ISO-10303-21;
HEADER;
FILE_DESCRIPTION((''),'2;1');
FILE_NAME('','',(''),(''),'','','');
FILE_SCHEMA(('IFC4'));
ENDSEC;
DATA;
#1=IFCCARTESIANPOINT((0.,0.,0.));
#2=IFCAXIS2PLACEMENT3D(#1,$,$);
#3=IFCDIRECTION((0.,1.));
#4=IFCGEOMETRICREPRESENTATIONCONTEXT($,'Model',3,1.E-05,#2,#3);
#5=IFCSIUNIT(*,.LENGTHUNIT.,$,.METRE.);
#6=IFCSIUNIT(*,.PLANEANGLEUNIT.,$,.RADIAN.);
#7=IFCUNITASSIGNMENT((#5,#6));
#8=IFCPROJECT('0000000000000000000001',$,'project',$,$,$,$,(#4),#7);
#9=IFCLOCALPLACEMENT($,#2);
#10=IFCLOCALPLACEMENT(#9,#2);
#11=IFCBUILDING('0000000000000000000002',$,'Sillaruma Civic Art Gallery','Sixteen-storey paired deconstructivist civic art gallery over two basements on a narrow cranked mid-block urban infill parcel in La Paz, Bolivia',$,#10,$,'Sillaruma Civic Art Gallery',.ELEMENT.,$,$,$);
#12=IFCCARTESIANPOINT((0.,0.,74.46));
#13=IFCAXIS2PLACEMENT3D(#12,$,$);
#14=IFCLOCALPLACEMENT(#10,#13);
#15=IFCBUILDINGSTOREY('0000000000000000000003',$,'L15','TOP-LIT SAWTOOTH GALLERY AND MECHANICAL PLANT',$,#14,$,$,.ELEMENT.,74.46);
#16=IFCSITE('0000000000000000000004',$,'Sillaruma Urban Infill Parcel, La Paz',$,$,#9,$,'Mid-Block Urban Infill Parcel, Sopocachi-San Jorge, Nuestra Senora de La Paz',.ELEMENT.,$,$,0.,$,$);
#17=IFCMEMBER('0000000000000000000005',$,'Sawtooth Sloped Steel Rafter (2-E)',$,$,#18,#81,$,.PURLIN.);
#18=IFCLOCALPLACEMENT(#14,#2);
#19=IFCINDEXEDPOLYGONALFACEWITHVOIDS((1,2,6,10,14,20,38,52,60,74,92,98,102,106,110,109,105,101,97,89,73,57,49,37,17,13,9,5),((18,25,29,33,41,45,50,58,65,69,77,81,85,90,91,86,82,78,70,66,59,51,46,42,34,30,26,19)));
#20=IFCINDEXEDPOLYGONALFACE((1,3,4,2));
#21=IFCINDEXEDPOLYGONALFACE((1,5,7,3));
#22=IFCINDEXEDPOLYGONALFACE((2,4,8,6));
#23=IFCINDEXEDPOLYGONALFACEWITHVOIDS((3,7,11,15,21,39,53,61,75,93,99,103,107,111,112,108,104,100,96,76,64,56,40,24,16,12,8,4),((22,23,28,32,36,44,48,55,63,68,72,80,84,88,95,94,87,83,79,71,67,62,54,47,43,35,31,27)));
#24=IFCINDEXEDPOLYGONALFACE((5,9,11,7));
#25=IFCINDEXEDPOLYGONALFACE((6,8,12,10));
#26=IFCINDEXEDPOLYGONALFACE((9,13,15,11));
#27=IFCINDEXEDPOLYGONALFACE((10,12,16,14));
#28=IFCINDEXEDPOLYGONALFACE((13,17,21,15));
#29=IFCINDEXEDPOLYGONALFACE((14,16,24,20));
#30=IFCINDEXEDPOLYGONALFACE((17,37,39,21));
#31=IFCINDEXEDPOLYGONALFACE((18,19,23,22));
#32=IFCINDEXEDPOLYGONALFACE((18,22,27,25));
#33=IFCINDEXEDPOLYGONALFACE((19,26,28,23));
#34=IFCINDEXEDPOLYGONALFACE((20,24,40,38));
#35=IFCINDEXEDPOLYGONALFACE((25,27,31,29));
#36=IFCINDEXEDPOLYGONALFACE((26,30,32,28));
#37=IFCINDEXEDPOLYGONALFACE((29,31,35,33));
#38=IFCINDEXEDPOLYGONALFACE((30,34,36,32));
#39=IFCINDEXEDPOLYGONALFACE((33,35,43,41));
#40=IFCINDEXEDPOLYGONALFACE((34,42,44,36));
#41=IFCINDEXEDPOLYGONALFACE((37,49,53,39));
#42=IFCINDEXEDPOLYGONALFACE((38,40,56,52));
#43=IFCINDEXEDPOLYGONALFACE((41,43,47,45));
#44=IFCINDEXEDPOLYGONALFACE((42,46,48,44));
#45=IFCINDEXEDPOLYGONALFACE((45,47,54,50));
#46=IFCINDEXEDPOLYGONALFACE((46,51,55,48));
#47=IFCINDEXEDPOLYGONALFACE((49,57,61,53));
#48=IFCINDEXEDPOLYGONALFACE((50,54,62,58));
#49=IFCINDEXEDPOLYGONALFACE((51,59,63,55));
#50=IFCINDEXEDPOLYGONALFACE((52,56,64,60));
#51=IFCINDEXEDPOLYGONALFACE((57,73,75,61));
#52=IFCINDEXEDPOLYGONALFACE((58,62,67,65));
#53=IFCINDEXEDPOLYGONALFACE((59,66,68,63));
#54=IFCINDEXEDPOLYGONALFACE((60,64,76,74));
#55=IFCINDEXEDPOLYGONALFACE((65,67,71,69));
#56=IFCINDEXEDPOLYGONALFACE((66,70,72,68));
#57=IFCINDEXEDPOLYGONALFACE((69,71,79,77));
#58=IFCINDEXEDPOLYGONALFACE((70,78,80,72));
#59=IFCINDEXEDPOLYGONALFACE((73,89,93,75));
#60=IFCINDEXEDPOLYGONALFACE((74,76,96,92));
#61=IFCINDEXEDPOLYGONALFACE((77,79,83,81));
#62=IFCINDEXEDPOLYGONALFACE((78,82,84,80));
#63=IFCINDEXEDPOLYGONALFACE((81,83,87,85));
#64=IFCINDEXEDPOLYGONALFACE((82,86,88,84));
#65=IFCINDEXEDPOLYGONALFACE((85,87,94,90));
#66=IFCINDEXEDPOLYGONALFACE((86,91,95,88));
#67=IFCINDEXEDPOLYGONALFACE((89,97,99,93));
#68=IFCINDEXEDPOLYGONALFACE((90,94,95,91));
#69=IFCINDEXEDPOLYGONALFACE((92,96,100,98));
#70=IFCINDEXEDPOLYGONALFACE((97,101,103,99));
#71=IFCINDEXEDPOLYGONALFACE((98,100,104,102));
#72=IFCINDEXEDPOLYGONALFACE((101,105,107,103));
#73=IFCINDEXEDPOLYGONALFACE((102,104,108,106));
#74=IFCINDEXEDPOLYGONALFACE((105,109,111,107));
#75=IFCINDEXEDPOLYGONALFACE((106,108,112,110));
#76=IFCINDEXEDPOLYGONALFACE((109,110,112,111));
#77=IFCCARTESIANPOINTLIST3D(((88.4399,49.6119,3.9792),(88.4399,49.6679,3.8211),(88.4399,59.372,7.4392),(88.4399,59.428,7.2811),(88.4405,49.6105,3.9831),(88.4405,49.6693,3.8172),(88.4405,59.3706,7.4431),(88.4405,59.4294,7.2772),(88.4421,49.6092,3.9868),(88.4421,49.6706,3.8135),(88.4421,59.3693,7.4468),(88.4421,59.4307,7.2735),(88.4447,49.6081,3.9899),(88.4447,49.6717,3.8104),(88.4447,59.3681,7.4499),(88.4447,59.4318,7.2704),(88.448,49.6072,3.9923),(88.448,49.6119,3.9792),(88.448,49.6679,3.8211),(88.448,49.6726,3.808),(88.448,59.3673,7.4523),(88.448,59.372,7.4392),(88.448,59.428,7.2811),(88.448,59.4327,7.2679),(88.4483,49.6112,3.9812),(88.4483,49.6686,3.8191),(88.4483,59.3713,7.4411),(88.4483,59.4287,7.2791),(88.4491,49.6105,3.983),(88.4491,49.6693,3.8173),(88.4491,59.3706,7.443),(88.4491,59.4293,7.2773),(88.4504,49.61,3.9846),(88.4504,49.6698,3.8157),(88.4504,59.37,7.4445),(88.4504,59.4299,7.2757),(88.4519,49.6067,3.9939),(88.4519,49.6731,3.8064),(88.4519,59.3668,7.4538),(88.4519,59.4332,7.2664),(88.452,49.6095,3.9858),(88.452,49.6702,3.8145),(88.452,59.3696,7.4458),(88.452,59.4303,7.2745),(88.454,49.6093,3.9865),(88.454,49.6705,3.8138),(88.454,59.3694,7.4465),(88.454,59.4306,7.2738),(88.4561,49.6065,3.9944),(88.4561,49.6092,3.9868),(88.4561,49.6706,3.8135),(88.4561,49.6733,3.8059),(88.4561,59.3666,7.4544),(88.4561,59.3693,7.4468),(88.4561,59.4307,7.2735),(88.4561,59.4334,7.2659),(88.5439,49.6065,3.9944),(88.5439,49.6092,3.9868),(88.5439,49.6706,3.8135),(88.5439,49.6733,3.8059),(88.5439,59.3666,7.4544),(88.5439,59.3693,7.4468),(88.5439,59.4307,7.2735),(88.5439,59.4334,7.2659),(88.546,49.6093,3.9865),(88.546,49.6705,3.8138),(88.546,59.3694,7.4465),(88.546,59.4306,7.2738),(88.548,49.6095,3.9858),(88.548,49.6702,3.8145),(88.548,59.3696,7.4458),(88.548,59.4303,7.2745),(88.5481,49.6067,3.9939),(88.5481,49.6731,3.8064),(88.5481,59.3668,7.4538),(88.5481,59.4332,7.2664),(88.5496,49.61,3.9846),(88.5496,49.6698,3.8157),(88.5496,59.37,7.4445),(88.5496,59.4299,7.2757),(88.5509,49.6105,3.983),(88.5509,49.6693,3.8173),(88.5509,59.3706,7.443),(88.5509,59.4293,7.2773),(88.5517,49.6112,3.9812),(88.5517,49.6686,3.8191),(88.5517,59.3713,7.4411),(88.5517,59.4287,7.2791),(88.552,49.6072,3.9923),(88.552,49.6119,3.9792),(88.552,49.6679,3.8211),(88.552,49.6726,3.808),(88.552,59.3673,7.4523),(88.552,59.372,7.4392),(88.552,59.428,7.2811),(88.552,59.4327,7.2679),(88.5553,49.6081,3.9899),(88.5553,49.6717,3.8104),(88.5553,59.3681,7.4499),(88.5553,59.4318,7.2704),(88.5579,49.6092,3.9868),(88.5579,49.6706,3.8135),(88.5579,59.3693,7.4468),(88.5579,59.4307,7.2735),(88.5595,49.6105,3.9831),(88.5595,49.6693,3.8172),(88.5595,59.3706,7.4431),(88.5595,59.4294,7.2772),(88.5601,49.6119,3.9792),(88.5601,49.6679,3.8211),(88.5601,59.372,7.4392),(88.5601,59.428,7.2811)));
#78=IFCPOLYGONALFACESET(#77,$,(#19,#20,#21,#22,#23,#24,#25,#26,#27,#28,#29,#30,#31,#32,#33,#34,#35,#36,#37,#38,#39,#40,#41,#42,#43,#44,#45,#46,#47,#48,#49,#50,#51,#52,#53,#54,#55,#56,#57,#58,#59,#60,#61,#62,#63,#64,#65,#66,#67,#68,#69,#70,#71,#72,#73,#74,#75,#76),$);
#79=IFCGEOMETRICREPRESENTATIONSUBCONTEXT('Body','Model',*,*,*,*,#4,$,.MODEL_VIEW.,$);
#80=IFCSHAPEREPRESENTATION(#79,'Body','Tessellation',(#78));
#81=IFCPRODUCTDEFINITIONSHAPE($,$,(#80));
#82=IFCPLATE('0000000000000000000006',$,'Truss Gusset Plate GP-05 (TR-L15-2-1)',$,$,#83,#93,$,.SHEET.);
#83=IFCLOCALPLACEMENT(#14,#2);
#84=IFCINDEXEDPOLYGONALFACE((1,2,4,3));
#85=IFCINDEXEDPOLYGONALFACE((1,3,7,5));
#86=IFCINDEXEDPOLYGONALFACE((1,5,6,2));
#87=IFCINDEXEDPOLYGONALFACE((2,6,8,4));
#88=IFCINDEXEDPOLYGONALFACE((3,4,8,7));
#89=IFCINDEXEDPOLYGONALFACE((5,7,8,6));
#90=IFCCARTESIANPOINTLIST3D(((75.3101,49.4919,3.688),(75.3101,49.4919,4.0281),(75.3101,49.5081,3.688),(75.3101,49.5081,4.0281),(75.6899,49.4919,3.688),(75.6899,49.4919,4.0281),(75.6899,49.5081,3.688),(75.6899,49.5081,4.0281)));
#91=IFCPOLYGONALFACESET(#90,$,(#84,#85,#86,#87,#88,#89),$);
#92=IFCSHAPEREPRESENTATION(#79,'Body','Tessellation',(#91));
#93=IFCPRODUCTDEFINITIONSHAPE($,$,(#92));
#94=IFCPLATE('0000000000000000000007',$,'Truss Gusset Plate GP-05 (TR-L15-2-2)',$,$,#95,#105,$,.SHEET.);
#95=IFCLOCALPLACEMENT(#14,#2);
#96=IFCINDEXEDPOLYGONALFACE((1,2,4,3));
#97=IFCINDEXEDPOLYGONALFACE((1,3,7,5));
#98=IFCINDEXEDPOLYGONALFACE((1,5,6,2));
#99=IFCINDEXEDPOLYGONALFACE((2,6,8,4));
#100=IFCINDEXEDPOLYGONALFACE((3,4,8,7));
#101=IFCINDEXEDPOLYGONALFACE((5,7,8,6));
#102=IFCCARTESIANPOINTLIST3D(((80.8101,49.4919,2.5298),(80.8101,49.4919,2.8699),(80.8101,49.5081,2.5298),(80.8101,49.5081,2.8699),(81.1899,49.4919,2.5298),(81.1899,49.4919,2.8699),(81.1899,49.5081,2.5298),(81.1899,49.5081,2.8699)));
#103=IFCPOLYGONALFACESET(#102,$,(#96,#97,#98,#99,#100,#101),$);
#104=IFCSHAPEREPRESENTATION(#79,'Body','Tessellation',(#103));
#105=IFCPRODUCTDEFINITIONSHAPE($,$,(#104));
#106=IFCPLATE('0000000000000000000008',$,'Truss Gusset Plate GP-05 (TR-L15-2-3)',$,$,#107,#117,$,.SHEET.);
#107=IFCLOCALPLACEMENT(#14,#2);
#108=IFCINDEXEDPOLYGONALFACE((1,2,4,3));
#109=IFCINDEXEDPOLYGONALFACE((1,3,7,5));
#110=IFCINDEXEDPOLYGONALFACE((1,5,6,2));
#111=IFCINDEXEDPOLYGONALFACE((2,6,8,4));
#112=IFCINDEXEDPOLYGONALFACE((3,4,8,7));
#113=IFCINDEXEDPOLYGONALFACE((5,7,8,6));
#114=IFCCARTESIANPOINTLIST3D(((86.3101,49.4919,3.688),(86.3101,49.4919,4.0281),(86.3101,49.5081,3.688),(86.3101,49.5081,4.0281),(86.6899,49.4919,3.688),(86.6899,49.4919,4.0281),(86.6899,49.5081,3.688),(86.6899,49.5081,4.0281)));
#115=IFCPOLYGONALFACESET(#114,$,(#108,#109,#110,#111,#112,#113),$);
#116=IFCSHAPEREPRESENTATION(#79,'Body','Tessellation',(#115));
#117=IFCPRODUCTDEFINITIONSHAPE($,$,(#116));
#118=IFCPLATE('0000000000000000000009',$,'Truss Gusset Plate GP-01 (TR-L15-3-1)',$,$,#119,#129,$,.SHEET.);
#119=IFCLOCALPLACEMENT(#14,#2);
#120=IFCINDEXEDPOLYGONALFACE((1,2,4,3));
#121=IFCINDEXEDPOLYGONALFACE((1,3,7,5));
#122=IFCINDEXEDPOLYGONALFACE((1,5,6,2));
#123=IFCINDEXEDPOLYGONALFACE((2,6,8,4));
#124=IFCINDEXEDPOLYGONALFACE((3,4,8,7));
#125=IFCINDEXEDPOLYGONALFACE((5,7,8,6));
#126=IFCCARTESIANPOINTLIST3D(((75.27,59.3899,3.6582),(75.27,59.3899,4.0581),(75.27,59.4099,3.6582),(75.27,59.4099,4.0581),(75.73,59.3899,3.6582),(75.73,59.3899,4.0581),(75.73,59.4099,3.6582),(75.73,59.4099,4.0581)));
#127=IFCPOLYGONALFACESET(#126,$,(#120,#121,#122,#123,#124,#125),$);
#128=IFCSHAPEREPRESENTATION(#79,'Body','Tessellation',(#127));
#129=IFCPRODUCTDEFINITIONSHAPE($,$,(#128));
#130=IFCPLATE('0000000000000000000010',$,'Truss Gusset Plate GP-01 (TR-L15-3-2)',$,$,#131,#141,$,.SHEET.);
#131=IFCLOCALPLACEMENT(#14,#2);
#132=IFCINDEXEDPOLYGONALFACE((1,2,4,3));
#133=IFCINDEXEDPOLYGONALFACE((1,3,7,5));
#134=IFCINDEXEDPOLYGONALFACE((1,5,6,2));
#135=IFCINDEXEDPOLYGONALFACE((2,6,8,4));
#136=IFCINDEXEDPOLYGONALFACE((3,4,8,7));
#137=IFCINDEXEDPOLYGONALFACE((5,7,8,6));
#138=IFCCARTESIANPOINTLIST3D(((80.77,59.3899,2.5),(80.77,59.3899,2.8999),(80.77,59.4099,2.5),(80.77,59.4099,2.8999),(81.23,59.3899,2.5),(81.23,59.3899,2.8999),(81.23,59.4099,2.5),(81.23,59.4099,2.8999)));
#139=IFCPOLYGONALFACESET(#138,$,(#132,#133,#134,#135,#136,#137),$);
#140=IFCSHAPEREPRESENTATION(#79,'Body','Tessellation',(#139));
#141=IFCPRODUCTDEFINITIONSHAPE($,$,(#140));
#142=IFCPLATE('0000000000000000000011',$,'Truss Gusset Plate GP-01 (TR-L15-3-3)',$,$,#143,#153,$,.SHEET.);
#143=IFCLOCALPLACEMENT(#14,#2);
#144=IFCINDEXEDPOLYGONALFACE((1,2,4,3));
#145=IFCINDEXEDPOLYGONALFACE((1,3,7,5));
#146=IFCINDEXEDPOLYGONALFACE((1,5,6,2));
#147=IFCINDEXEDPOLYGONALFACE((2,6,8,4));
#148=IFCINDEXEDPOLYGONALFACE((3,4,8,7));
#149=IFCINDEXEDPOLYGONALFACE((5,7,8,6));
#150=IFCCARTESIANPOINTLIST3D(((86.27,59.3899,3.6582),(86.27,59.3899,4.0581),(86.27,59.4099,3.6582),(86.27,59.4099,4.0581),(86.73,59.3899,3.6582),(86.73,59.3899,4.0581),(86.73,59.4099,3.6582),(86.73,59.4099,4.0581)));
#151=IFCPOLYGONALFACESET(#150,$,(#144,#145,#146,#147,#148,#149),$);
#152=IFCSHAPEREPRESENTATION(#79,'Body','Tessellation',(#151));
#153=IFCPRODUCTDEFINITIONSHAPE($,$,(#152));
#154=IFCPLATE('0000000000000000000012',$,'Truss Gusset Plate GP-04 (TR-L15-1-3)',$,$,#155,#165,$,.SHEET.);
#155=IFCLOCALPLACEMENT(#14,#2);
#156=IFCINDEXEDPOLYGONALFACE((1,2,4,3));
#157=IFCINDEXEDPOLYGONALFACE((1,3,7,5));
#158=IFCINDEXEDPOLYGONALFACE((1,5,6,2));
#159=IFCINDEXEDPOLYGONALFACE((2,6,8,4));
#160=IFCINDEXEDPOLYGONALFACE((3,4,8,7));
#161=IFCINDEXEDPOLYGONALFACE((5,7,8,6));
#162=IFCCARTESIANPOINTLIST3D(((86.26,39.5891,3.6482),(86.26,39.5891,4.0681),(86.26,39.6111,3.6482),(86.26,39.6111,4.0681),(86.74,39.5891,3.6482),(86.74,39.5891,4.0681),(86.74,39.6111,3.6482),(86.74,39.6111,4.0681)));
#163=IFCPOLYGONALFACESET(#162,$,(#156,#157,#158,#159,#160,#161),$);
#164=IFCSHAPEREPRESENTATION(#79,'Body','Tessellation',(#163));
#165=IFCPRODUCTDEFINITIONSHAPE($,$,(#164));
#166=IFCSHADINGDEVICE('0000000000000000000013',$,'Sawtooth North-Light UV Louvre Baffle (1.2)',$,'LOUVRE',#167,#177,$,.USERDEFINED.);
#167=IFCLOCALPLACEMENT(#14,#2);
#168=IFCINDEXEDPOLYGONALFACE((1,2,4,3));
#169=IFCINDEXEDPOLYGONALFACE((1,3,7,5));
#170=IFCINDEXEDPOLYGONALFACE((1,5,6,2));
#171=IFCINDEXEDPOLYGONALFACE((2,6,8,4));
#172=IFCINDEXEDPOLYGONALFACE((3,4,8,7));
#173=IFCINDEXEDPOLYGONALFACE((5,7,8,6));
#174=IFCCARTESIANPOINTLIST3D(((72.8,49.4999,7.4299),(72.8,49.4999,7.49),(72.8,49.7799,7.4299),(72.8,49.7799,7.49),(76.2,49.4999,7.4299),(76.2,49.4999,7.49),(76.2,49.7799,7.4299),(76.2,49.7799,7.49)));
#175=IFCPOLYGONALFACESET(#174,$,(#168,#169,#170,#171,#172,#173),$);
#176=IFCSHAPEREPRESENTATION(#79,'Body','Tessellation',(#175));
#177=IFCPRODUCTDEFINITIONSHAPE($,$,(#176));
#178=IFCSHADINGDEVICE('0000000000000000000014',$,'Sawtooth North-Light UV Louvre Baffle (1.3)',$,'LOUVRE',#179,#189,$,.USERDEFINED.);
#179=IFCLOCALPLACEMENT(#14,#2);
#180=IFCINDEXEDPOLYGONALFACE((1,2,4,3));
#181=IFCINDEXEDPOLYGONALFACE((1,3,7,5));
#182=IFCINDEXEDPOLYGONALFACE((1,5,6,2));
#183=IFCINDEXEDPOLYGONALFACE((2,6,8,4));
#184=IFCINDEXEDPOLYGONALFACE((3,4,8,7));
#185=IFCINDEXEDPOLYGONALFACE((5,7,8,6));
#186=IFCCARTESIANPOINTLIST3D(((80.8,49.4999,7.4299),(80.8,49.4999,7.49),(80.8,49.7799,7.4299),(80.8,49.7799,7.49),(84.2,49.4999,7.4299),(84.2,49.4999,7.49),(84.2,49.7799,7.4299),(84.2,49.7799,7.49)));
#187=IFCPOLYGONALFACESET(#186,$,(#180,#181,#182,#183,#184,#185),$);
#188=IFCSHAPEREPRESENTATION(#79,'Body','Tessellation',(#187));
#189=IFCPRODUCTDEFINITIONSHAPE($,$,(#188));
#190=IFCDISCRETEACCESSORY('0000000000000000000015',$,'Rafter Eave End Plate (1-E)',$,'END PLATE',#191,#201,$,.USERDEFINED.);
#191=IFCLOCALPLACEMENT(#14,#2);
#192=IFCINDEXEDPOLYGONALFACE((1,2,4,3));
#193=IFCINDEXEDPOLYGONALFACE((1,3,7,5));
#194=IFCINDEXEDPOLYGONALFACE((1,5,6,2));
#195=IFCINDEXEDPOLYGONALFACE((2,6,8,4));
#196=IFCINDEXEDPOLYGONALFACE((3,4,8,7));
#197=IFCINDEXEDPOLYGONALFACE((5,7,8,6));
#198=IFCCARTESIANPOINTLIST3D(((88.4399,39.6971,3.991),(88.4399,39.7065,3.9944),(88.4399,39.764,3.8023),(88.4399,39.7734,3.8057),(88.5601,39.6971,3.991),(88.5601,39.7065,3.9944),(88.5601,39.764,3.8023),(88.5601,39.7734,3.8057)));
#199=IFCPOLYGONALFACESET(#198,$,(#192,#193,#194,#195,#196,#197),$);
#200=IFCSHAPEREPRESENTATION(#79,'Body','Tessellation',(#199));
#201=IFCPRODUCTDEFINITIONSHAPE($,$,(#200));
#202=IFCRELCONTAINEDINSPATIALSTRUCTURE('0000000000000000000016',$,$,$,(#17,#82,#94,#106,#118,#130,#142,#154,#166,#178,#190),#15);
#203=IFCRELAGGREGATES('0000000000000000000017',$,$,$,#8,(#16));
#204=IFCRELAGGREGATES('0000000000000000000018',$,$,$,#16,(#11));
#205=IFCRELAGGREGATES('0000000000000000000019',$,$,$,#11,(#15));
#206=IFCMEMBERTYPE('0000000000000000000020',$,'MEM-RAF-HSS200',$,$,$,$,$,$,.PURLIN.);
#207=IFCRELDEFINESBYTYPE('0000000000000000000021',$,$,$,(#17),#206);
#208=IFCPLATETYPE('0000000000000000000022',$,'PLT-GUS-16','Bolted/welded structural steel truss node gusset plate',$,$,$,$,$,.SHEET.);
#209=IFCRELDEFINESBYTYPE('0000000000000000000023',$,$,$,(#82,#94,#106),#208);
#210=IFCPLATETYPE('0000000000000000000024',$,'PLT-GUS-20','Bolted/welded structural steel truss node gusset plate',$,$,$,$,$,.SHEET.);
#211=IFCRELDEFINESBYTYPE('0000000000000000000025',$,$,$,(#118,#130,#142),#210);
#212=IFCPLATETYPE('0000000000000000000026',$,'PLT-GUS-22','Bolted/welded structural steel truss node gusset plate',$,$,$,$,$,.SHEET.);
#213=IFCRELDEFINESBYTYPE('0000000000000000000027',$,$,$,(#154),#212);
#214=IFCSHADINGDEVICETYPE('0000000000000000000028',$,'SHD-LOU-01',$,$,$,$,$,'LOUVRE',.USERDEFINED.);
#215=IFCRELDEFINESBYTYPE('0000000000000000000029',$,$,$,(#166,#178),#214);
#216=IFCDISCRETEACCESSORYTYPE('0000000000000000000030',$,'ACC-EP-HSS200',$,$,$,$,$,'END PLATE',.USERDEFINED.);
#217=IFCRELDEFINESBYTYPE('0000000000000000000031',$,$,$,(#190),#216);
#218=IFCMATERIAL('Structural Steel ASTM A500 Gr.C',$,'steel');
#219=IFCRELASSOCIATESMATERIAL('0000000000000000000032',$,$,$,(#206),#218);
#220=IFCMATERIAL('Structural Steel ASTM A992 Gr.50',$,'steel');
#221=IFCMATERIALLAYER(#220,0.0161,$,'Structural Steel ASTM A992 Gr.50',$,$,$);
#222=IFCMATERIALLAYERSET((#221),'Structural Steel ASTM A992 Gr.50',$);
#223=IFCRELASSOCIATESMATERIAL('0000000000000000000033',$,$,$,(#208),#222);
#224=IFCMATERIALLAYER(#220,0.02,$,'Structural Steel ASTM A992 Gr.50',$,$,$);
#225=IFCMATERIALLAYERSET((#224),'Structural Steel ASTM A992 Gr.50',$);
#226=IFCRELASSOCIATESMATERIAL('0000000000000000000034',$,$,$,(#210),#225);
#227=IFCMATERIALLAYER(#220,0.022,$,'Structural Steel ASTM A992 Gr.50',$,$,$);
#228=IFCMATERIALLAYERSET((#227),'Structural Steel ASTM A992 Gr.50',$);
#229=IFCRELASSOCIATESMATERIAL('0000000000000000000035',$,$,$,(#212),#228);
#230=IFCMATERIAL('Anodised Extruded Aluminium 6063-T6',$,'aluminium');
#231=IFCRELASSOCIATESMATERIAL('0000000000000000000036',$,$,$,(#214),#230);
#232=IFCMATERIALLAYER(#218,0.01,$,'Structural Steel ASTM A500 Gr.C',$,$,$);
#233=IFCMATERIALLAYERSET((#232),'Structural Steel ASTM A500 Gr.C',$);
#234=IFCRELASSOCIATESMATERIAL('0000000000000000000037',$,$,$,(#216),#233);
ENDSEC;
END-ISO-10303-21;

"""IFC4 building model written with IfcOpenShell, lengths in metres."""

from ifc_helpers import new_model, si_unit, direction, frame, origin, origin_2d, place, context, subcontext, project, spatial, polyline, rectangle, hollow_rectangle, outline, extrude, material, layer, layer_set, material_profile, profile_set, type_object, element, save


model = new_model("IFC4")

# Units and contexts
model_context = context("Model", 3, precision=1e-05, world=origin(), true_north=direction((0.0, 1.0)))
body_context = subcontext(model_context, "Body", "Model", "MODEL_VIEW")
ifc_project = project(units=[si_unit("LENGTHUNIT", "METRE"), si_unit("PLANEANGLEUNIT", "RADIAN")], contexts=[model_context])

# Site, building, storey
site_placement = place(None, origin())
site = spatial("IfcSite", under=ifc_project, at=site_placement, Name="Sillaruma Urban Infill Parcel, La Paz", LongName="Mid-Block Urban Infill Parcel, Sopocachi-San Jorge, Nuestra Senora de La Paz", CompositionType="ELEMENT", RefElevation=0.0)
building_placement = place(site_placement, origin())
building = spatial("IfcBuilding", under=site, at=building_placement, Name="Sillaruma Civic Art Gallery", Description="Sixteen-storey paired deconstructivist civic art gallery over two basements on a narrow cranked mid-block urban infill parcel in La Paz, Bolivia", LongName="Sillaruma Civic Art Gallery", CompositionType="ELEMENT")
storey_placement = place(building_placement, frame((0.0, 0.0, 74.46)))
storey = spatial("IfcBuildingStorey", under=building, at=storey_placement, Name="L15", Description="TOP-LIT SAWTOOTH GALLERY AND MECHANICAL PLANT", CompositionType="ELEMENT", Elevation=74.46)

# Shared definitions
ifc_material_1 = material(Name="Structural Steel ASTM A992 Gr.50", Category="steel")

# Member
ifc_material_2 = material(Name="Structural Steel ASTM A500 Gr.C", Category="steel")
ifc_material_profile_1 = material_profile(ifc_material_2, hollow_rectangle(XDim=0.1201, YDim=0.2, WallThickness=0.0081, InnerFilletRadius=0.0081, OuterFilletRadius=0.0161, at=origin_2d()), Name="HSS200x120x8")
ifc_profile_set_1 = profile_set([ifc_material_profile_1], Name="Structural Steel ASTM A500 Gr.C")
member_type_1 = type_object("IfcMemberType", Name="MEM-RAF-HSS200", PredefinedType="PURLIN", material=ifc_profile_set_1)
for number, where, z_axis, x_axis, name in (
    (1, (88.5, 49.6399, 3.9001), (0.0, 0.942527, 0.33413), (-1.0, 0.0, 0.0), "Sawtooth Sloped Steel Rafter (2-E)"),
):
    element("IfcMember", number, at=place(storey_placement, frame(where, z_axis=z_axis, x_axis=x_axis)), inside=storey, type_object=member_type_1, Name=name, PredefinedType="PURLIN", context=body_context, shape_type="SweptSolid", body=[
        extrude(hollow_rectangle(XDim=0.1201, YDim=0.2, WallThickness=0.0081, InnerFilletRadius=0.0081, OuterFilletRadius=0.0161, at=origin_2d()), origin(), (0.0, 0.0, 1.0), 10.3552),
    ])

# Plates
ifc_layer_1 = layer(ifc_material_1, 0.0161, Name="Structural Steel ASTM A992 Gr.50")
ifc_layer_set_1 = layer_set([ifc_layer_1], Name="Structural Steel ASTM A992 Gr.50")
plate_type_1 = type_object("IfcPlateType", Name="PLT-GUS-16", Description="Bolted/welded structural steel truss node gusset plate", PredefinedType="SHEET", material=ifc_layer_set_1)
for number, where, z_axis, x_axis, name in (
    (2, (75.5, 49.5, 3.688), (0.0, 0.0, 1.0), (1.0, 0.0, 0.0), "Truss Gusset Plate GP-05 (TR-L15-2-1)"),
    (3, (81.0, 49.5, 2.5298), (0.0, 0.0, 1.0), (1.0, 0.0, 0.0), "Truss Gusset Plate GP-05 (TR-L15-2-2)"),
    (4, (86.5, 49.5, 3.688), (0.0, 0.0, 1.0), (1.0, 0.0, 0.0), "Truss Gusset Plate GP-05 (TR-L15-2-3)"),
):
    element("IfcPlate", number, at=place(storey_placement, frame(where, z_axis=z_axis, x_axis=x_axis)), inside=storey, type_object=plate_type_1, Name=name, PredefinedType="SHEET", context=body_context, shape_type="SweptSolid", body=[
        extrude(rectangle(XDim=0.3799, YDim=0.0161, at=origin_2d()), origin(), (0.0, 0.0, 1.0), 0.3401),
    ])
ifc_layer_2 = layer(ifc_material_1, 0.02, Name="Structural Steel ASTM A992 Gr.50")
ifc_layer_set_2 = layer_set([ifc_layer_2], Name="Structural Steel ASTM A992 Gr.50")
plate_type_2 = type_object("IfcPlateType", Name="PLT-GUS-20", Description="Bolted/welded structural steel truss node gusset plate", PredefinedType="SHEET", material=ifc_layer_set_2)
for number, where, z_axis, x_axis, name in (
    (5, (75.5, 59.3999, 3.6582), (0.0, 0.0, 1.0), (1.0, 0.0, 0.0), "Truss Gusset Plate GP-01 (TR-L15-3-1)"),
    (6, (81.0, 59.3999, 2.5), (0.0, 0.0, 1.0), (1.0, 0.0, 0.0), "Truss Gusset Plate GP-01 (TR-L15-3-2)"),
    (7, (86.5, 59.3999, 3.6582), (0.0, 0.0, 1.0), (1.0, 0.0, 0.0), "Truss Gusset Plate GP-01 (TR-L15-3-3)"),
):
    element("IfcPlate", number, at=place(storey_placement, frame(where, z_axis=z_axis, x_axis=x_axis)), inside=storey, type_object=plate_type_2, Name=name, PredefinedType="SHEET", context=body_context, shape_type="SweptSolid", body=[
        extrude(rectangle(XDim=0.46, YDim=0.02, at=origin_2d()), origin(), (0.0, 0.0, 1.0), 0.3999),
    ])
ifc_layer_3 = layer(ifc_material_1, 0.022, Name="Structural Steel ASTM A992 Gr.50")
ifc_layer_set_3 = layer_set([ifc_layer_3], Name="Structural Steel ASTM A992 Gr.50")
plate_type_3 = type_object("IfcPlateType", Name="PLT-GUS-22", Description="Bolted/welded structural steel truss node gusset plate", PredefinedType="SHEET", material=ifc_layer_set_3)
plate_placement = place(storey_placement, frame((86.5, 39.6001, 3.6482), z_axis=(0.0, 0.0, 1.0), x_axis=(1.0, 0.0, 0.0)))
element("IfcPlate", 8, at=plate_placement, inside=storey, type_object=plate_type_3, Name="Truss Gusset Plate GP-04 (TR-L15-1-3)", PredefinedType="SHEET", context=body_context, shape_type="SweptSolid", body=[
    extrude(rectangle(XDim=0.48, YDim=0.022, at=origin_2d()), origin(), (0.0, 0.0, 1.0), 0.4199),
])

# Shading devices
ifc_material_3 = material(Name="Anodised Extruded Aluminium 6063-T6", Category="aluminium")
shading_device_type = type_object("IfcShadingDeviceType", Name="SHD-LOU-01", ElementType="LOUVRE", PredefinedType="USERDEFINED", material=ifc_material_3)
for number, where, z_axis, x_axis, name in (
    (9, (74.5, 49.6399, 7.4299), (0.0, 0.0, 1.0), (1.0, 0.0, 0.0), "Sawtooth North-Light UV Louvre Baffle (1.2)"),
    (10, (82.5, 49.6399, 7.4299), (0.0, 0.0, 1.0), (1.0, 0.0, 0.0), "Sawtooth North-Light UV Louvre Baffle (1.3)"),
):
    element("IfcShadingDevice", number, at=place(storey_placement, frame(where, z_axis=z_axis, x_axis=x_axis)), inside=storey, type_object=shading_device_type, Name=name, ObjectType="LOUVRE", PredefinedType="USERDEFINED", context=body_context, shape_type="SweptSolid", body=[
        extrude(rectangle(XDim=3.3999, YDim=0.28, at=origin_2d()), origin(), (0.0, 0.0, 1.0), 0.0601),
    ])

# Discrete accessory
ifc_layer_4 = layer(ifc_material_2, 0.01, Name="Structural Steel ASTM A500 Gr.C")
ifc_layer_set_4 = layer_set([ifc_layer_4], Name="Structural Steel ASTM A500 Gr.C")
discrete_accessory_type = type_object("IfcDiscreteAccessoryType", Name="ACC-EP-HSS200", ElementType="END PLATE", PredefinedType="USERDEFINED", material=ifc_layer_set_4)
discrete_accessory_1_placement = place(storey_placement, frame((88.5601, 39.7734, 3.8057), z_axis=(0.0, 0.942539, 0.334095), x_axis=(-1.0, 0.0, 0.0)))
element("IfcDiscreteAccessory", 11, at=discrete_accessory_1_placement, inside=storey, type_object=discrete_accessory_type, Name="Rafter Eave End Plate (1-E)", ObjectType="END PLATE", PredefinedType="USERDEFINED", context=body_context, shape_type="SweptSolid", body=[
    extrude(outline(polyline([(0.0, 0.0), (0.1201, 0.0), (0.1201, 0.2002), (0.0, 0.2002), (0.0, 0.0)])), origin(), (0.0, 0.0, -1.0), 0.01),
])

save(model, "model.ifc")
